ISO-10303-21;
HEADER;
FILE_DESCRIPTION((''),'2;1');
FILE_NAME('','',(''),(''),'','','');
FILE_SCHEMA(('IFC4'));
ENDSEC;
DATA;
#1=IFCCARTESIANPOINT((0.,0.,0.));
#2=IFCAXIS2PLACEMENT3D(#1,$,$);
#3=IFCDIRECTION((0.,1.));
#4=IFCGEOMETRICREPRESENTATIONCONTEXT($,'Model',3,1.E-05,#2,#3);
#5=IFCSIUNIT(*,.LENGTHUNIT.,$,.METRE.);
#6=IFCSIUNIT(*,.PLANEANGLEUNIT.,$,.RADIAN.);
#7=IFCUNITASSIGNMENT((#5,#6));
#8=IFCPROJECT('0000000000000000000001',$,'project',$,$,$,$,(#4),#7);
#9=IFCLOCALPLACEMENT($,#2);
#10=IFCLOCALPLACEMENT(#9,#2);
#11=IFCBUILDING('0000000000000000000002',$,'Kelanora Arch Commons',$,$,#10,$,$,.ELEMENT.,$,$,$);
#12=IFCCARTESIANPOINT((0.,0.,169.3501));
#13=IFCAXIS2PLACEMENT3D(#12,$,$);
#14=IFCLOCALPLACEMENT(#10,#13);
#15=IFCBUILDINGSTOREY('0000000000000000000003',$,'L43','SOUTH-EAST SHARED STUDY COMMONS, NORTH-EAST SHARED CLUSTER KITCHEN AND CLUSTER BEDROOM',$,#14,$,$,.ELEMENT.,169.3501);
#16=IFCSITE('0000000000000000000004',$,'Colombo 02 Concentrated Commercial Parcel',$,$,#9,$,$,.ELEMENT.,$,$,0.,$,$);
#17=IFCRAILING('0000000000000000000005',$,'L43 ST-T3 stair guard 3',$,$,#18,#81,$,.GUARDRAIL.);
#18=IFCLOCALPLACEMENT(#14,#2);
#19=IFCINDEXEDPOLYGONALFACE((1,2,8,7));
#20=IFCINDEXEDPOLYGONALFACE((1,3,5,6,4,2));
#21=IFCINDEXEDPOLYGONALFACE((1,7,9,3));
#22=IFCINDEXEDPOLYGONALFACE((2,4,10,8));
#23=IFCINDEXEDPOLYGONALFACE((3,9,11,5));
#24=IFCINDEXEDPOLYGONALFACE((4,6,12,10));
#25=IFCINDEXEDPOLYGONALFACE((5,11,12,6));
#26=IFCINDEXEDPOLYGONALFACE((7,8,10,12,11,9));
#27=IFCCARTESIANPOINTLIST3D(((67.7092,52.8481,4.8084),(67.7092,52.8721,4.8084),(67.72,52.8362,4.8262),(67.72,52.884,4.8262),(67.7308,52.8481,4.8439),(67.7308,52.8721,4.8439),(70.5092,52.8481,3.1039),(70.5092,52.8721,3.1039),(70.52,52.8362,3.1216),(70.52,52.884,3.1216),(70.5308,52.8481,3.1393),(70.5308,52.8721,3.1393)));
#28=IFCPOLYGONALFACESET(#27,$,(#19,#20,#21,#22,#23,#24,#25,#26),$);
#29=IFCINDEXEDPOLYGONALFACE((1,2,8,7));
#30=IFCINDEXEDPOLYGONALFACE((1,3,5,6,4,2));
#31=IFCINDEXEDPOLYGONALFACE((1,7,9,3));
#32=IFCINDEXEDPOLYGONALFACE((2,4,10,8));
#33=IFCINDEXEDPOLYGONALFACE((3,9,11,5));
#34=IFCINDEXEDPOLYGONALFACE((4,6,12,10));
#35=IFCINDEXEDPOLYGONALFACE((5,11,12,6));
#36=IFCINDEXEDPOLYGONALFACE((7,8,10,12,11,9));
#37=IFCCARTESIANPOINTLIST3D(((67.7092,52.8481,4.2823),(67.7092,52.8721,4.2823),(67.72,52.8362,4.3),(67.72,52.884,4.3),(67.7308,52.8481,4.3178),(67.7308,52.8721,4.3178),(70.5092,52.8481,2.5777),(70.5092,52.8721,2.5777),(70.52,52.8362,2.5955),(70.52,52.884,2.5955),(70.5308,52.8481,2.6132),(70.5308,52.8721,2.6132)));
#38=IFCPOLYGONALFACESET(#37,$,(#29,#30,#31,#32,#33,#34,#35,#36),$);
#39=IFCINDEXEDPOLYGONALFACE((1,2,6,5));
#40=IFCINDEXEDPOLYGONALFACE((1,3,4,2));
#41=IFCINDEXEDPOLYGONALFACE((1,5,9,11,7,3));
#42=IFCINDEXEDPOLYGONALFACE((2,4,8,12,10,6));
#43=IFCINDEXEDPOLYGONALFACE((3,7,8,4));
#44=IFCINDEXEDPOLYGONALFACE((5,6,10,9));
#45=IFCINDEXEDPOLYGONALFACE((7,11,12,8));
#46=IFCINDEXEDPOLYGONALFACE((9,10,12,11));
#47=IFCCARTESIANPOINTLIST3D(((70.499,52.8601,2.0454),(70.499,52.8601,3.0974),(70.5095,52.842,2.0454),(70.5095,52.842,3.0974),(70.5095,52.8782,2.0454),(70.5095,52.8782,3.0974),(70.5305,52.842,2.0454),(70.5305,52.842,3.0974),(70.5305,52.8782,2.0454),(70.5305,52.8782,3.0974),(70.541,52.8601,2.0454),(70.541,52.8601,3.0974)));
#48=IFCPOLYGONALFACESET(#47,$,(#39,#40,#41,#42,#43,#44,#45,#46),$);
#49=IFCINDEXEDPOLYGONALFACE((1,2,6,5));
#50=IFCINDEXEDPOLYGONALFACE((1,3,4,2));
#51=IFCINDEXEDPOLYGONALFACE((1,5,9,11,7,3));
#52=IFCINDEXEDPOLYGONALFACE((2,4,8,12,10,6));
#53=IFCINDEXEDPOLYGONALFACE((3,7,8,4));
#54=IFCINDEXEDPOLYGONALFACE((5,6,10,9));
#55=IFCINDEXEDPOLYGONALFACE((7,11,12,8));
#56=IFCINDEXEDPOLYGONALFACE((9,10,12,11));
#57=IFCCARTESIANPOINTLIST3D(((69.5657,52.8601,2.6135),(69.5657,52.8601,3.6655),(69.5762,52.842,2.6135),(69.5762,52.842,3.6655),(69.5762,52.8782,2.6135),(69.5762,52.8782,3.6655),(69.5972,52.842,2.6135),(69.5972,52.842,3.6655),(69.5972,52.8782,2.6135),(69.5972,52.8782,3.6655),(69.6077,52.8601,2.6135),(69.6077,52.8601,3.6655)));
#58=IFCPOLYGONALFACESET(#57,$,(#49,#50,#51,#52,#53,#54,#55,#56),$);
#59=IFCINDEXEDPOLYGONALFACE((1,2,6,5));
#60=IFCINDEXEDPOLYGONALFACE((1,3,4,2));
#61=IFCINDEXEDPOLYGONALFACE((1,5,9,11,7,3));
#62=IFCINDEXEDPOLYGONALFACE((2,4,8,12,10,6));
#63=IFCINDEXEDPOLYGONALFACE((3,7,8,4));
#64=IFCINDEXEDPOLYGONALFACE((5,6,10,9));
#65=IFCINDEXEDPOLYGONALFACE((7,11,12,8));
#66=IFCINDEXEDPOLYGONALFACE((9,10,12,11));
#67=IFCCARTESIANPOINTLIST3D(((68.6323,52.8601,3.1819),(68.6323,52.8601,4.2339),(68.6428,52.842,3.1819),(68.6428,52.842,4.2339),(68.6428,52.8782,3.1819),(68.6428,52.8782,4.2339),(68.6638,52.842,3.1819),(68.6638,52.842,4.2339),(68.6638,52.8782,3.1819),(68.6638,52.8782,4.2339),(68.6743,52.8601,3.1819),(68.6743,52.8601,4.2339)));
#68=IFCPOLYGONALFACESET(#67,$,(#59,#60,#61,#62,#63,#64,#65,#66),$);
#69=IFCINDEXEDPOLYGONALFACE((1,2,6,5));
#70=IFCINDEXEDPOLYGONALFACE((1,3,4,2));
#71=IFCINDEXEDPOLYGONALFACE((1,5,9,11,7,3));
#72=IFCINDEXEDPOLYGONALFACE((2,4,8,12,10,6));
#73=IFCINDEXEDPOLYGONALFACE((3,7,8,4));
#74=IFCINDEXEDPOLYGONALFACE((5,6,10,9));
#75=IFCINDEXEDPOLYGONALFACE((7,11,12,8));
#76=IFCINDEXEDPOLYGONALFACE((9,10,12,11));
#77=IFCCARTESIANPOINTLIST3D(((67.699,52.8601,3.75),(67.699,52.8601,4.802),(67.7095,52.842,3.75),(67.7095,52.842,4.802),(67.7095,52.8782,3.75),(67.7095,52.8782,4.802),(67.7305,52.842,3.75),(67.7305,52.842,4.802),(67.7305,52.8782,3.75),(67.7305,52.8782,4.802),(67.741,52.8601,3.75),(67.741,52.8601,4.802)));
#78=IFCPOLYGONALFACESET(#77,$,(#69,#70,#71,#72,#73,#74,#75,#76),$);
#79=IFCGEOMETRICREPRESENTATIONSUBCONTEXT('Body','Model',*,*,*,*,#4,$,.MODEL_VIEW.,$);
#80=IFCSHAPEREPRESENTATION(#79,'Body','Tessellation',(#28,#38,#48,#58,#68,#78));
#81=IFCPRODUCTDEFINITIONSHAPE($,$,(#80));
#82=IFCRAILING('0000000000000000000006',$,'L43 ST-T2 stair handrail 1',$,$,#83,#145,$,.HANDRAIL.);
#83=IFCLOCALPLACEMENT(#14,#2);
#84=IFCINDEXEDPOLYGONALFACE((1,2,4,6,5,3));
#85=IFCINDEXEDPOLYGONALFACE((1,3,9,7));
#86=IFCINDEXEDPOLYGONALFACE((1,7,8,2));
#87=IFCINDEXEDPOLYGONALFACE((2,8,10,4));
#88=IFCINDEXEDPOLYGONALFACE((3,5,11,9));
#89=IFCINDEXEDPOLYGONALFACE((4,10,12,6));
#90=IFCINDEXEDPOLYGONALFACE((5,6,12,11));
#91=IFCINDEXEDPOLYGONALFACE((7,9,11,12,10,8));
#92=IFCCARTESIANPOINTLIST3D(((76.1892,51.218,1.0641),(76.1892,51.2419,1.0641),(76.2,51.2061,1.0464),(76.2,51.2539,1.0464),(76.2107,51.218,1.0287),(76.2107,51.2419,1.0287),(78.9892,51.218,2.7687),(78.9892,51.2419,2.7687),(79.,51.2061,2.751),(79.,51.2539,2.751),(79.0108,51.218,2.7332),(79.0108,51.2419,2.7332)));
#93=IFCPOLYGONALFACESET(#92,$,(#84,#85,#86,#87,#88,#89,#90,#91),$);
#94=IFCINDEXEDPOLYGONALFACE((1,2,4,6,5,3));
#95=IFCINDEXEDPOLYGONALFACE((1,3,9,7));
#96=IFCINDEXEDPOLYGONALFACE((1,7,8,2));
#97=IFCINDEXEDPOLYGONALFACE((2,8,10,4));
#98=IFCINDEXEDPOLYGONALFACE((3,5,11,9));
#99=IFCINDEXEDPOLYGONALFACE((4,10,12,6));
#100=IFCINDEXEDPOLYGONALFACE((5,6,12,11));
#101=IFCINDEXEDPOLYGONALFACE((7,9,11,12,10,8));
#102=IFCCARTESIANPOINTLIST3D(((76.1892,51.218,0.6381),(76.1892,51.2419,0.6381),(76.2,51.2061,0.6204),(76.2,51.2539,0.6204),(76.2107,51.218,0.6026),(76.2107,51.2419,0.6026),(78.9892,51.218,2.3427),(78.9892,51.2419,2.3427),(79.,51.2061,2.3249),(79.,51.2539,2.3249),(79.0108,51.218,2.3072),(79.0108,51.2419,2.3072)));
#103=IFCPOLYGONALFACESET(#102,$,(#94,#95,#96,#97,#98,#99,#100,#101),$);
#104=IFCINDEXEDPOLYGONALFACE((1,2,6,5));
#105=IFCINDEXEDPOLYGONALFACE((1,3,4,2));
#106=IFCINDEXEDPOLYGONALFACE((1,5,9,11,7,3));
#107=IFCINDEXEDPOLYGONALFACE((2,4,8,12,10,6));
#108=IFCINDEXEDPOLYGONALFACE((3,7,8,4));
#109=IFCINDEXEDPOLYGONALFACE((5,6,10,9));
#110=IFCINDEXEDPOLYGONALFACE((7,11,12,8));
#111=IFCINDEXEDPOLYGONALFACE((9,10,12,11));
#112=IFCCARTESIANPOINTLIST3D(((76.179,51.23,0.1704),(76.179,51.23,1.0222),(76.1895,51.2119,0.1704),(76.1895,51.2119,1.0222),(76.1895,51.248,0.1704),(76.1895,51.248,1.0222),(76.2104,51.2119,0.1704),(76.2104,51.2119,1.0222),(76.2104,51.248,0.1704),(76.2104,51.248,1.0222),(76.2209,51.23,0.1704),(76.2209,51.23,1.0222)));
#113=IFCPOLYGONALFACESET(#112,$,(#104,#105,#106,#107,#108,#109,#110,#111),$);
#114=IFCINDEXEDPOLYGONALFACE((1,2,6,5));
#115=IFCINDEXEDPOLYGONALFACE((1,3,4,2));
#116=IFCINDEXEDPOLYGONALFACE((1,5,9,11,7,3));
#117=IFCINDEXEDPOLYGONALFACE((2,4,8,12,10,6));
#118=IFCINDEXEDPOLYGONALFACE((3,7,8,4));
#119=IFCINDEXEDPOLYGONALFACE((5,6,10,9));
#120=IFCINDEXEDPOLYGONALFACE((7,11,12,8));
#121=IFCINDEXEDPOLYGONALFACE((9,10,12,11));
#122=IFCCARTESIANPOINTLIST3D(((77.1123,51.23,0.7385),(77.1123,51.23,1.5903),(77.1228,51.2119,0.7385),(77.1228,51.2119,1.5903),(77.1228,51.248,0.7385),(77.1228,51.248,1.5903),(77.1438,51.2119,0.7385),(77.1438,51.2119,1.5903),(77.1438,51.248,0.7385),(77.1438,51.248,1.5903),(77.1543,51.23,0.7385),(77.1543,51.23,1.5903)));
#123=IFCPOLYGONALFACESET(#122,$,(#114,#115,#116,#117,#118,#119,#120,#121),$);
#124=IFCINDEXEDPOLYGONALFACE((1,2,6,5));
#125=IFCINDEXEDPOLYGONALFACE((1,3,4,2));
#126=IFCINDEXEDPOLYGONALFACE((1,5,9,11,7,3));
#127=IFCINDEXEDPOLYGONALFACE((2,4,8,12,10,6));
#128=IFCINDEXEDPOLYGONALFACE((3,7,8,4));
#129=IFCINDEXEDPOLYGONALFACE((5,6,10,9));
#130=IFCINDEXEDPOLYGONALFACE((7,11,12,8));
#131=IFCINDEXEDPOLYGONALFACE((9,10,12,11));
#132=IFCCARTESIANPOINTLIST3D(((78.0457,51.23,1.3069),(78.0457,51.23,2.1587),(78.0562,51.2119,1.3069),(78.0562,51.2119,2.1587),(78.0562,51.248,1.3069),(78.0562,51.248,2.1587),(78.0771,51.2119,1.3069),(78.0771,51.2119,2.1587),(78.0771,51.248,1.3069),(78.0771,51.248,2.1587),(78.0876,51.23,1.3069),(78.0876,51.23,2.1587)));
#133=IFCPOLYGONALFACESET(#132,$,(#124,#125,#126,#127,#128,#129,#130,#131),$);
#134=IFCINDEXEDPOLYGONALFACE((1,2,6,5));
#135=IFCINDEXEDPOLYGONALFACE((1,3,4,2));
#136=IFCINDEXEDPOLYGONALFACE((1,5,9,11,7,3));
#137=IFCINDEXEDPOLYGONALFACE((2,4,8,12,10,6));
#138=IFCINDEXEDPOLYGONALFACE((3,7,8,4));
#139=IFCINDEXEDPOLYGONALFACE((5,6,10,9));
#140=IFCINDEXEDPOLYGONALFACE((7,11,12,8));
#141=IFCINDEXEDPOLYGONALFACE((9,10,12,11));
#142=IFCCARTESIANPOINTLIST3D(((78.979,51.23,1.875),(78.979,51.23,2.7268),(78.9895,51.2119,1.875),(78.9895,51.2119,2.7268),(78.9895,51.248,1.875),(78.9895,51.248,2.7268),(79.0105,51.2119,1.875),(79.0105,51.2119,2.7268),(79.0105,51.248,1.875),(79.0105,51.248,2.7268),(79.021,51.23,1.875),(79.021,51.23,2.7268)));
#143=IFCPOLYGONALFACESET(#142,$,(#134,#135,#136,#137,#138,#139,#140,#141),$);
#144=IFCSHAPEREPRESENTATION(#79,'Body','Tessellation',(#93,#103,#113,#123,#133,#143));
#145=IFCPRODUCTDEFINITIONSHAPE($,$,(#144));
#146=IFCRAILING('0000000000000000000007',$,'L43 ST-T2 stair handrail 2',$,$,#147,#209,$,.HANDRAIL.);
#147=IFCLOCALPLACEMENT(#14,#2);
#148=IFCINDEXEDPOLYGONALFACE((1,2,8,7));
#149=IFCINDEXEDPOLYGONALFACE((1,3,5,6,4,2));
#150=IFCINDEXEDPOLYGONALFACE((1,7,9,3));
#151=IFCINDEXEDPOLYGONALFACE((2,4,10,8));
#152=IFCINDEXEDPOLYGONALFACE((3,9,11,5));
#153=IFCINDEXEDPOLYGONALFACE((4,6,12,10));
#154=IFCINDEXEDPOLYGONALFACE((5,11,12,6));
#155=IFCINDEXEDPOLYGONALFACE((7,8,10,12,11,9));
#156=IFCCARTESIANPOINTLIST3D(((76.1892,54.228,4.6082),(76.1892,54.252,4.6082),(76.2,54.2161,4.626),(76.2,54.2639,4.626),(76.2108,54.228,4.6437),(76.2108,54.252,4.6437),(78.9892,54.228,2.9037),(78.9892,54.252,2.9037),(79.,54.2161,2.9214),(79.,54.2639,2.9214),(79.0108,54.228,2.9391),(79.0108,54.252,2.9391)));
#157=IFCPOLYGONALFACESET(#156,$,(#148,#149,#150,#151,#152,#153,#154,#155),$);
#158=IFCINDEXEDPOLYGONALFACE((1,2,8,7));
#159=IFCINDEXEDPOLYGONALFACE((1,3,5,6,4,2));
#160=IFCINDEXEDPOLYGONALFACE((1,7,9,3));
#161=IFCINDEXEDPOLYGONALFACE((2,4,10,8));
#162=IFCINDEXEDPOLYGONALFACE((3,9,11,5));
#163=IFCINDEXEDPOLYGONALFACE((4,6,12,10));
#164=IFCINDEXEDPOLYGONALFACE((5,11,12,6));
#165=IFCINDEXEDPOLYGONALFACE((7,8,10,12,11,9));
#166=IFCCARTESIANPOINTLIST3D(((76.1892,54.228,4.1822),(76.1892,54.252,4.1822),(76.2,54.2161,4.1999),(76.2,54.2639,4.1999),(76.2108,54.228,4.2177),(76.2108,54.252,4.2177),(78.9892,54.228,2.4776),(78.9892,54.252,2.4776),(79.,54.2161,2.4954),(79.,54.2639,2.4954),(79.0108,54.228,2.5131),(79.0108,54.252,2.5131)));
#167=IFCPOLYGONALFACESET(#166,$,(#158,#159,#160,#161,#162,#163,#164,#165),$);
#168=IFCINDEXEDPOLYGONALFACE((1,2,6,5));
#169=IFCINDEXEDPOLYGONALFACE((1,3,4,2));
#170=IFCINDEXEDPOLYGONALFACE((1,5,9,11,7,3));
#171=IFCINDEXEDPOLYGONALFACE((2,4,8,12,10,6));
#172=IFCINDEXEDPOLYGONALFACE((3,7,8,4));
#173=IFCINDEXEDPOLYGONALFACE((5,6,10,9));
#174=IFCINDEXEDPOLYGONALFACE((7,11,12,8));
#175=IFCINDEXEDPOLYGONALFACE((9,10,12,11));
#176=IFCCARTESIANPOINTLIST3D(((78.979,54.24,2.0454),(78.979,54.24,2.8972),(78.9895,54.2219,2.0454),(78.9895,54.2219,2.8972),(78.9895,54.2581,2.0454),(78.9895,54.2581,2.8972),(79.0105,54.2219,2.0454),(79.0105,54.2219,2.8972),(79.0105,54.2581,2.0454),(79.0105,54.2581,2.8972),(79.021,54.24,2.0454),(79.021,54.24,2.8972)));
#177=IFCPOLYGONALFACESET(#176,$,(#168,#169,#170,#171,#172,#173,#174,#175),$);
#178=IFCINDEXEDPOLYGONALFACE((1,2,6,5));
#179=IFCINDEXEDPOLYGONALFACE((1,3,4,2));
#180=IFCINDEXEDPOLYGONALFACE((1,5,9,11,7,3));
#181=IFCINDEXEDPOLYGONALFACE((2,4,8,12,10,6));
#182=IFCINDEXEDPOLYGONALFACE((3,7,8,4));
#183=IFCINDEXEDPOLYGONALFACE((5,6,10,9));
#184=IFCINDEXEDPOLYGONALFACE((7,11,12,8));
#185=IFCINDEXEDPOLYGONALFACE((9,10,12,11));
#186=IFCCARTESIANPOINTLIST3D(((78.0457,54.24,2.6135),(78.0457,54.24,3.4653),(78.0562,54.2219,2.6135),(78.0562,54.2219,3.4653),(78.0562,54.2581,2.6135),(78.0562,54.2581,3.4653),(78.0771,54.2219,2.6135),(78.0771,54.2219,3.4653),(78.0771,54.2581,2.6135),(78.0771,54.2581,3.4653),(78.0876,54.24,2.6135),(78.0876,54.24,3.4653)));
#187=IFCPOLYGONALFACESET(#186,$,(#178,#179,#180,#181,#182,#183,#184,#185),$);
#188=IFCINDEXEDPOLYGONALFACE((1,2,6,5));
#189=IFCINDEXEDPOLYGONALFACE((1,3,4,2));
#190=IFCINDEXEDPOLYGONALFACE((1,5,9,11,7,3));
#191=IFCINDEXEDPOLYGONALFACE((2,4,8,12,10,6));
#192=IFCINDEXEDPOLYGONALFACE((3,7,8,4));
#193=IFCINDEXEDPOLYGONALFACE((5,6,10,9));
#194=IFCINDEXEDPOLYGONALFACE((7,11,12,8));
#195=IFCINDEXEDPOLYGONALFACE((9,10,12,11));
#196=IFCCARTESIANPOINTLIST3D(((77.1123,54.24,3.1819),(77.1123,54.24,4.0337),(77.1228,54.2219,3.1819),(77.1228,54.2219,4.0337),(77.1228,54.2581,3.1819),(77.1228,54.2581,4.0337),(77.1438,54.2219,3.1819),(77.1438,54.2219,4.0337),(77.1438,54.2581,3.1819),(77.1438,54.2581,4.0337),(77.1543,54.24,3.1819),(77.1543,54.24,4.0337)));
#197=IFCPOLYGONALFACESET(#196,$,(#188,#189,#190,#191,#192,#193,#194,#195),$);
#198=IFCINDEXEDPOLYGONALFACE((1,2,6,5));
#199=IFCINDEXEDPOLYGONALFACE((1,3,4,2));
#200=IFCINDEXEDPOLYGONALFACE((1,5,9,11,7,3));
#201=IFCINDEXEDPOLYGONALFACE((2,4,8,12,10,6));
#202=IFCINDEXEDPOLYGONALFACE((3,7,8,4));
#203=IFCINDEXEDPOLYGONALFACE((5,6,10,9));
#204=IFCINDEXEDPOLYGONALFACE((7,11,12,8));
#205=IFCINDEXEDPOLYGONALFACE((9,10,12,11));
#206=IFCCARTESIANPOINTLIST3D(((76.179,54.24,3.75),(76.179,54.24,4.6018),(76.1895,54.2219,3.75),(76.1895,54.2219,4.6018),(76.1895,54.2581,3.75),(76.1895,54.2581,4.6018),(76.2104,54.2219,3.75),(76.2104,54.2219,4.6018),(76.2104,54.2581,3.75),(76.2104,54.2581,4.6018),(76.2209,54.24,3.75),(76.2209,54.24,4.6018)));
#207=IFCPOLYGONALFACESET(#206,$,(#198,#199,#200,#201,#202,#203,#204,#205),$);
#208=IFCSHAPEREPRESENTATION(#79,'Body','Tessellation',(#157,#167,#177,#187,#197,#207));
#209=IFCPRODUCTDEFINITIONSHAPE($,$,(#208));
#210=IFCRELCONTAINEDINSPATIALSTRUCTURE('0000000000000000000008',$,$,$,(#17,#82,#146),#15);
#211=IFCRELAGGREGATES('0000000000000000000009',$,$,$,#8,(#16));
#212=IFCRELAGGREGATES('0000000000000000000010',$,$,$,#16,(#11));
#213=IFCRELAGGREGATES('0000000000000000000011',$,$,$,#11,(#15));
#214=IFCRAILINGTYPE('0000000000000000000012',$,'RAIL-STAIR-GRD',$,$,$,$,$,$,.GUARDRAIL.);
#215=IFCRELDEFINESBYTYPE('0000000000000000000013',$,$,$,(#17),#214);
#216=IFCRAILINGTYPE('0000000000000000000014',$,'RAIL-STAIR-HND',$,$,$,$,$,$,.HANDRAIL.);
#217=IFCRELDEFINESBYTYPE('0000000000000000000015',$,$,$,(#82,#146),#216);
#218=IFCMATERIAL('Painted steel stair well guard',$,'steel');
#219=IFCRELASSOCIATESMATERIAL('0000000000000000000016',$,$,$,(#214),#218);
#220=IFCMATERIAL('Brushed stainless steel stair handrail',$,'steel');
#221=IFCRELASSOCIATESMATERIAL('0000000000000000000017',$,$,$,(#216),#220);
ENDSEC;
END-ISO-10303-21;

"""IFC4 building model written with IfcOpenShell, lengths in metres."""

from ifc_helpers import new_model, si_unit, direction, frame, origin, place, context, subcontext, project, spatial, polyline, outline, extrude, material, type_object, element, save


model = new_model("IFC4")

# Units and contexts
model_context = context("Model", 3, precision=1e-05, world=origin(), true_north=direction((0.0, 1.0)))
body_context = subcontext(model_context, "Body", "Model", "MODEL_VIEW")
ifc_project = project(units=[si_unit("LENGTHUNIT", "METRE"), si_unit("PLANEANGLEUNIT", "RADIAN")], contexts=[model_context])

# Site, building, storey
site_placement = place(None, origin())
site = spatial("IfcSite", under=ifc_project, at=site_placement, Name="Colombo 02 Concentrated Commercial Parcel", CompositionType="ELEMENT", RefElevation=0.0)
building_placement = place(site_placement, origin())
building = spatial("IfcBuilding", under=site, at=building_placement, Name="Kelanora Arch Commons", CompositionType="ELEMENT")
storey_placement = place(building_placement, frame((0.0, 0.0, 169.3501)))
storey = spatial("IfcBuildingStorey", under=building, at=storey_placement, Name="L43", Description="SOUTH-EAST SHARED STUDY COMMONS, NORTH-EAST SHARED CLUSTER KITCHEN AND CLUSTER BEDROOM", CompositionType="ELEMENT", Elevation=169.3501)

# Railings
ifc_material_1 = material(Name="Painted steel stair well guard", Category="steel")
railing_type_1 = type_object("IfcRailingType", Name="RAIL-STAIR-GRD", PredefinedType="GUARDRAIL", material=ifc_material_1)
railing_1_placement = place(storey_placement, frame((70.52, 52.8601, 2.0454)))
element("IfcRailing", 1, at=railing_1_placement, inside=storey, type_object=railing_type_1, Name="L43 ST-T3 stair guard 3", PredefinedType="GUARDRAIL", context=body_context, shape_type="SweptSolid", body=[
    extrude(outline(polyline([(0.0239, 0.0), (0.012, 0.0208), (-0.012, 0.0208), (-0.0239, 0.0), (-0.012, -0.0208), (0.012, -0.0208), (0.0239, 0.0)])), frame((0.0, 0.0, 1.0762), z_axis=(-0.85417, 0.0, 0.519994), x_axis=(0.0, -1.0, 0.0)), (0.0, 0.0, 1.0), 3.2781),
    extrude(outline(polyline([(0.0239, 0.0), (0.012, 0.0208), (-0.012, 0.0208), (-0.0239, 0.0), (-0.012, -0.0208), (0.012, -0.0208), (0.0239, 0.0)])), frame((0.0, 0.0, 0.55), z_axis=(-0.85417, 0.0, 0.519994), x_axis=(0.0, -1.0, 0.0)), (0.0, 0.0, 1.0), 3.2781),
    extrude(outline(polyline([(0.021, 0.0), (0.0105, 0.0181), (-0.0105, 0.0181), (-0.021, 0.0), (-0.0105, -0.0181), (0.0105, -0.0181), (0.021, 0.0)])), origin(), (0.0, 0.0, 1.0), 1.052),
    extrude(outline(polyline([(0.021, 0.0), (0.0105, 0.0181), (-0.0105, 0.0181), (-0.021, 0.0), (-0.0105, -0.0181), (0.0105, -0.0181), (0.021, 0.0)])), frame((-0.9333, 0.0, 0.5681)), (0.0, 0.0, 1.0), 1.052),
    extrude(outline(polyline([(0.021, 0.0), (0.0105, 0.0181), (-0.0105, 0.0181), (-0.021, 0.0), (-0.0105, -0.0181), (0.0105, -0.0181), (0.021, 0.0)])), frame((-1.8667, 0.0, 1.1365)), (0.0, 0.0, 1.0), 1.052),
    extrude(outline(polyline([(0.021, 0.0), (0.0105, 0.0181), (-0.0105, 0.0181), (-0.021, 0.0), (-0.0105, -0.0181), (0.0105, -0.0181), (0.021, 0.0)])), frame((-2.8, 0.0, 1.7046)), (0.0, 0.0, 1.0), 1.052),
])
ifc_material_2 = material(Name="Brushed stainless steel stair handrail", Category="steel")
railing_type_2 = type_object("IfcRailingType", Name="RAIL-STAIR-HND", PredefinedType="HANDRAIL", material=ifc_material_2)
railing_2_placement = place(storey_placement, frame((76.2, 51.23, 0.1704)))
element("IfcRailing", 2, at=railing_2_placement, inside=storey, type_object=railing_type_2, Name="L43 ST-T2 stair handrail 1", PredefinedType="HANDRAIL", context=body_context, shape_type="SweptSolid", body=[
    extrude(outline(polyline([(0.0239, 0.0), (0.012, 0.0208), (-0.012, 0.0208), (-0.0239, 0.0), (-0.012, -0.0208), (0.012, -0.0208), (0.0239, 0.0)])), frame((0.0, 0.0, 0.876), z_axis=(0.85417, 0.0, 0.519994), x_axis=(0.0, 1.0, 0.0)), (0.0, 0.0, 1.0), 3.2781),
    extrude(outline(polyline([(0.0239, 0.0), (0.012, 0.0208), (-0.012, 0.0208), (-0.0239, 0.0), (-0.012, -0.0208), (0.012, -0.0208), (0.0239, 0.0)])), frame((0.0, 0.0, 0.45), z_axis=(0.85417, 0.0, 0.519994), x_axis=(0.0, 1.0, 0.0)), (0.0, 0.0, 1.0), 3.2781),
    extrude(outline(polyline([(0.021, 0.0), (0.0105, 0.0181), (-0.0105, 0.0181), (-0.021, 0.0), (-0.0105, -0.0181), (0.0105, -0.0181), (0.021, 0.0)])), origin(), (0.0, 0.0, 1.0), 0.8518),
    extrude(outline(polyline([(0.021, 0.0), (0.0105, 0.0181), (-0.0105, 0.0181), (-0.021, 0.0), (-0.0105, -0.0181), (0.0105, -0.0181), (0.021, 0.0)])), frame((0.9333, 0.0, 0.5681)), (0.0, 0.0, 1.0), 0.8518),
    extrude(outline(polyline([(0.021, 0.0), (0.0105, 0.0181), (-0.0105, 0.0181), (-0.021, 0.0), (-0.0105, -0.0181), (0.0105, -0.0181), (0.021, 0.0)])), frame((1.8667, 0.0, 1.1365)), (0.0, 0.0, 1.0), 0.8518),
    extrude(outline(polyline([(0.021, 0.0), (0.0105, 0.0181), (-0.0105, 0.0181), (-0.021, 0.0), (-0.0105, -0.0181), (0.0105, -0.0181), (0.021, 0.0)])), frame((2.8, 0.0, 1.7046)), (0.0, 0.0, 1.0), 0.8518),
])
railing_3_placement = place(storey_placement, frame((79.0, 54.24, 2.0454)))
element("IfcRailing", 3, at=railing_3_placement, inside=storey, type_object=railing_type_2, Name="L43 ST-T2 stair handrail 2", PredefinedType="HANDRAIL", context=body_context, shape_type="SweptSolid", body=[
    extrude(outline(polyline([(0.0239, 0.0), (0.012, 0.0208), (-0.012, 0.0208), (-0.0239, 0.0), (-0.012, -0.0208), (0.012, -0.0208), (0.0239, 0.0)])), frame((0.0, 0.0, 0.876), z_axis=(-0.85417, 0.0, 0.519994), x_axis=(0.0, -1.0, 0.0)), (0.0, 0.0, 1.0), 3.2781),
    extrude(outline(polyline([(0.0239, 0.0), (0.012, 0.0208), (-0.012, 0.0208), (-0.0239, 0.0), (-0.012, -0.0208), (0.012, -0.0208), (0.0239, 0.0)])), frame((0.0, 0.0, 0.45), z_axis=(-0.85417, 0.0, 0.519994), x_axis=(0.0, -1.0, 0.0)), (0.0, 0.0, 1.0), 3.2781),
    extrude(outline(polyline([(0.021, 0.0), (0.0105, 0.0181), (-0.0105, 0.0181), (-0.021, 0.0), (-0.0105, -0.0181), (0.0105, -0.0181), (0.021, 0.0)])), origin(), (0.0, 0.0, 1.0), 0.8518),
    extrude(outline(polyline([(0.021, 0.0), (0.0105, 0.0181), (-0.0105, 0.0181), (-0.021, 0.0), (-0.0105, -0.0181), (0.0105, -0.0181), (0.021, 0.0)])), frame((-0.9333, 0.0, 0.5681)), (0.0, 0.0, 1.0), 0.8518),
    extrude(outline(polyline([(0.021, 0.0), (0.0105, 0.0181), (-0.0105, 0.0181), (-0.021, 0.0), (-0.0105, -0.0181), (0.0105, -0.0181), (0.021, 0.0)])), frame((-1.8667, 0.0, 1.1365)), (0.0, 0.0, 1.0), 0.8518),
    extrude(outline(polyline([(0.021, 0.0), (0.0105, 0.0181), (-0.0105, 0.0181), (-0.021, 0.0), (-0.0105, -0.0181), (0.0105, -0.0181), (0.021, 0.0)])), frame((-2.8, 0.0, 1.7046)), (0.0, 0.0, 1.0), 0.8518),
])

save(model, "model.ifc")
